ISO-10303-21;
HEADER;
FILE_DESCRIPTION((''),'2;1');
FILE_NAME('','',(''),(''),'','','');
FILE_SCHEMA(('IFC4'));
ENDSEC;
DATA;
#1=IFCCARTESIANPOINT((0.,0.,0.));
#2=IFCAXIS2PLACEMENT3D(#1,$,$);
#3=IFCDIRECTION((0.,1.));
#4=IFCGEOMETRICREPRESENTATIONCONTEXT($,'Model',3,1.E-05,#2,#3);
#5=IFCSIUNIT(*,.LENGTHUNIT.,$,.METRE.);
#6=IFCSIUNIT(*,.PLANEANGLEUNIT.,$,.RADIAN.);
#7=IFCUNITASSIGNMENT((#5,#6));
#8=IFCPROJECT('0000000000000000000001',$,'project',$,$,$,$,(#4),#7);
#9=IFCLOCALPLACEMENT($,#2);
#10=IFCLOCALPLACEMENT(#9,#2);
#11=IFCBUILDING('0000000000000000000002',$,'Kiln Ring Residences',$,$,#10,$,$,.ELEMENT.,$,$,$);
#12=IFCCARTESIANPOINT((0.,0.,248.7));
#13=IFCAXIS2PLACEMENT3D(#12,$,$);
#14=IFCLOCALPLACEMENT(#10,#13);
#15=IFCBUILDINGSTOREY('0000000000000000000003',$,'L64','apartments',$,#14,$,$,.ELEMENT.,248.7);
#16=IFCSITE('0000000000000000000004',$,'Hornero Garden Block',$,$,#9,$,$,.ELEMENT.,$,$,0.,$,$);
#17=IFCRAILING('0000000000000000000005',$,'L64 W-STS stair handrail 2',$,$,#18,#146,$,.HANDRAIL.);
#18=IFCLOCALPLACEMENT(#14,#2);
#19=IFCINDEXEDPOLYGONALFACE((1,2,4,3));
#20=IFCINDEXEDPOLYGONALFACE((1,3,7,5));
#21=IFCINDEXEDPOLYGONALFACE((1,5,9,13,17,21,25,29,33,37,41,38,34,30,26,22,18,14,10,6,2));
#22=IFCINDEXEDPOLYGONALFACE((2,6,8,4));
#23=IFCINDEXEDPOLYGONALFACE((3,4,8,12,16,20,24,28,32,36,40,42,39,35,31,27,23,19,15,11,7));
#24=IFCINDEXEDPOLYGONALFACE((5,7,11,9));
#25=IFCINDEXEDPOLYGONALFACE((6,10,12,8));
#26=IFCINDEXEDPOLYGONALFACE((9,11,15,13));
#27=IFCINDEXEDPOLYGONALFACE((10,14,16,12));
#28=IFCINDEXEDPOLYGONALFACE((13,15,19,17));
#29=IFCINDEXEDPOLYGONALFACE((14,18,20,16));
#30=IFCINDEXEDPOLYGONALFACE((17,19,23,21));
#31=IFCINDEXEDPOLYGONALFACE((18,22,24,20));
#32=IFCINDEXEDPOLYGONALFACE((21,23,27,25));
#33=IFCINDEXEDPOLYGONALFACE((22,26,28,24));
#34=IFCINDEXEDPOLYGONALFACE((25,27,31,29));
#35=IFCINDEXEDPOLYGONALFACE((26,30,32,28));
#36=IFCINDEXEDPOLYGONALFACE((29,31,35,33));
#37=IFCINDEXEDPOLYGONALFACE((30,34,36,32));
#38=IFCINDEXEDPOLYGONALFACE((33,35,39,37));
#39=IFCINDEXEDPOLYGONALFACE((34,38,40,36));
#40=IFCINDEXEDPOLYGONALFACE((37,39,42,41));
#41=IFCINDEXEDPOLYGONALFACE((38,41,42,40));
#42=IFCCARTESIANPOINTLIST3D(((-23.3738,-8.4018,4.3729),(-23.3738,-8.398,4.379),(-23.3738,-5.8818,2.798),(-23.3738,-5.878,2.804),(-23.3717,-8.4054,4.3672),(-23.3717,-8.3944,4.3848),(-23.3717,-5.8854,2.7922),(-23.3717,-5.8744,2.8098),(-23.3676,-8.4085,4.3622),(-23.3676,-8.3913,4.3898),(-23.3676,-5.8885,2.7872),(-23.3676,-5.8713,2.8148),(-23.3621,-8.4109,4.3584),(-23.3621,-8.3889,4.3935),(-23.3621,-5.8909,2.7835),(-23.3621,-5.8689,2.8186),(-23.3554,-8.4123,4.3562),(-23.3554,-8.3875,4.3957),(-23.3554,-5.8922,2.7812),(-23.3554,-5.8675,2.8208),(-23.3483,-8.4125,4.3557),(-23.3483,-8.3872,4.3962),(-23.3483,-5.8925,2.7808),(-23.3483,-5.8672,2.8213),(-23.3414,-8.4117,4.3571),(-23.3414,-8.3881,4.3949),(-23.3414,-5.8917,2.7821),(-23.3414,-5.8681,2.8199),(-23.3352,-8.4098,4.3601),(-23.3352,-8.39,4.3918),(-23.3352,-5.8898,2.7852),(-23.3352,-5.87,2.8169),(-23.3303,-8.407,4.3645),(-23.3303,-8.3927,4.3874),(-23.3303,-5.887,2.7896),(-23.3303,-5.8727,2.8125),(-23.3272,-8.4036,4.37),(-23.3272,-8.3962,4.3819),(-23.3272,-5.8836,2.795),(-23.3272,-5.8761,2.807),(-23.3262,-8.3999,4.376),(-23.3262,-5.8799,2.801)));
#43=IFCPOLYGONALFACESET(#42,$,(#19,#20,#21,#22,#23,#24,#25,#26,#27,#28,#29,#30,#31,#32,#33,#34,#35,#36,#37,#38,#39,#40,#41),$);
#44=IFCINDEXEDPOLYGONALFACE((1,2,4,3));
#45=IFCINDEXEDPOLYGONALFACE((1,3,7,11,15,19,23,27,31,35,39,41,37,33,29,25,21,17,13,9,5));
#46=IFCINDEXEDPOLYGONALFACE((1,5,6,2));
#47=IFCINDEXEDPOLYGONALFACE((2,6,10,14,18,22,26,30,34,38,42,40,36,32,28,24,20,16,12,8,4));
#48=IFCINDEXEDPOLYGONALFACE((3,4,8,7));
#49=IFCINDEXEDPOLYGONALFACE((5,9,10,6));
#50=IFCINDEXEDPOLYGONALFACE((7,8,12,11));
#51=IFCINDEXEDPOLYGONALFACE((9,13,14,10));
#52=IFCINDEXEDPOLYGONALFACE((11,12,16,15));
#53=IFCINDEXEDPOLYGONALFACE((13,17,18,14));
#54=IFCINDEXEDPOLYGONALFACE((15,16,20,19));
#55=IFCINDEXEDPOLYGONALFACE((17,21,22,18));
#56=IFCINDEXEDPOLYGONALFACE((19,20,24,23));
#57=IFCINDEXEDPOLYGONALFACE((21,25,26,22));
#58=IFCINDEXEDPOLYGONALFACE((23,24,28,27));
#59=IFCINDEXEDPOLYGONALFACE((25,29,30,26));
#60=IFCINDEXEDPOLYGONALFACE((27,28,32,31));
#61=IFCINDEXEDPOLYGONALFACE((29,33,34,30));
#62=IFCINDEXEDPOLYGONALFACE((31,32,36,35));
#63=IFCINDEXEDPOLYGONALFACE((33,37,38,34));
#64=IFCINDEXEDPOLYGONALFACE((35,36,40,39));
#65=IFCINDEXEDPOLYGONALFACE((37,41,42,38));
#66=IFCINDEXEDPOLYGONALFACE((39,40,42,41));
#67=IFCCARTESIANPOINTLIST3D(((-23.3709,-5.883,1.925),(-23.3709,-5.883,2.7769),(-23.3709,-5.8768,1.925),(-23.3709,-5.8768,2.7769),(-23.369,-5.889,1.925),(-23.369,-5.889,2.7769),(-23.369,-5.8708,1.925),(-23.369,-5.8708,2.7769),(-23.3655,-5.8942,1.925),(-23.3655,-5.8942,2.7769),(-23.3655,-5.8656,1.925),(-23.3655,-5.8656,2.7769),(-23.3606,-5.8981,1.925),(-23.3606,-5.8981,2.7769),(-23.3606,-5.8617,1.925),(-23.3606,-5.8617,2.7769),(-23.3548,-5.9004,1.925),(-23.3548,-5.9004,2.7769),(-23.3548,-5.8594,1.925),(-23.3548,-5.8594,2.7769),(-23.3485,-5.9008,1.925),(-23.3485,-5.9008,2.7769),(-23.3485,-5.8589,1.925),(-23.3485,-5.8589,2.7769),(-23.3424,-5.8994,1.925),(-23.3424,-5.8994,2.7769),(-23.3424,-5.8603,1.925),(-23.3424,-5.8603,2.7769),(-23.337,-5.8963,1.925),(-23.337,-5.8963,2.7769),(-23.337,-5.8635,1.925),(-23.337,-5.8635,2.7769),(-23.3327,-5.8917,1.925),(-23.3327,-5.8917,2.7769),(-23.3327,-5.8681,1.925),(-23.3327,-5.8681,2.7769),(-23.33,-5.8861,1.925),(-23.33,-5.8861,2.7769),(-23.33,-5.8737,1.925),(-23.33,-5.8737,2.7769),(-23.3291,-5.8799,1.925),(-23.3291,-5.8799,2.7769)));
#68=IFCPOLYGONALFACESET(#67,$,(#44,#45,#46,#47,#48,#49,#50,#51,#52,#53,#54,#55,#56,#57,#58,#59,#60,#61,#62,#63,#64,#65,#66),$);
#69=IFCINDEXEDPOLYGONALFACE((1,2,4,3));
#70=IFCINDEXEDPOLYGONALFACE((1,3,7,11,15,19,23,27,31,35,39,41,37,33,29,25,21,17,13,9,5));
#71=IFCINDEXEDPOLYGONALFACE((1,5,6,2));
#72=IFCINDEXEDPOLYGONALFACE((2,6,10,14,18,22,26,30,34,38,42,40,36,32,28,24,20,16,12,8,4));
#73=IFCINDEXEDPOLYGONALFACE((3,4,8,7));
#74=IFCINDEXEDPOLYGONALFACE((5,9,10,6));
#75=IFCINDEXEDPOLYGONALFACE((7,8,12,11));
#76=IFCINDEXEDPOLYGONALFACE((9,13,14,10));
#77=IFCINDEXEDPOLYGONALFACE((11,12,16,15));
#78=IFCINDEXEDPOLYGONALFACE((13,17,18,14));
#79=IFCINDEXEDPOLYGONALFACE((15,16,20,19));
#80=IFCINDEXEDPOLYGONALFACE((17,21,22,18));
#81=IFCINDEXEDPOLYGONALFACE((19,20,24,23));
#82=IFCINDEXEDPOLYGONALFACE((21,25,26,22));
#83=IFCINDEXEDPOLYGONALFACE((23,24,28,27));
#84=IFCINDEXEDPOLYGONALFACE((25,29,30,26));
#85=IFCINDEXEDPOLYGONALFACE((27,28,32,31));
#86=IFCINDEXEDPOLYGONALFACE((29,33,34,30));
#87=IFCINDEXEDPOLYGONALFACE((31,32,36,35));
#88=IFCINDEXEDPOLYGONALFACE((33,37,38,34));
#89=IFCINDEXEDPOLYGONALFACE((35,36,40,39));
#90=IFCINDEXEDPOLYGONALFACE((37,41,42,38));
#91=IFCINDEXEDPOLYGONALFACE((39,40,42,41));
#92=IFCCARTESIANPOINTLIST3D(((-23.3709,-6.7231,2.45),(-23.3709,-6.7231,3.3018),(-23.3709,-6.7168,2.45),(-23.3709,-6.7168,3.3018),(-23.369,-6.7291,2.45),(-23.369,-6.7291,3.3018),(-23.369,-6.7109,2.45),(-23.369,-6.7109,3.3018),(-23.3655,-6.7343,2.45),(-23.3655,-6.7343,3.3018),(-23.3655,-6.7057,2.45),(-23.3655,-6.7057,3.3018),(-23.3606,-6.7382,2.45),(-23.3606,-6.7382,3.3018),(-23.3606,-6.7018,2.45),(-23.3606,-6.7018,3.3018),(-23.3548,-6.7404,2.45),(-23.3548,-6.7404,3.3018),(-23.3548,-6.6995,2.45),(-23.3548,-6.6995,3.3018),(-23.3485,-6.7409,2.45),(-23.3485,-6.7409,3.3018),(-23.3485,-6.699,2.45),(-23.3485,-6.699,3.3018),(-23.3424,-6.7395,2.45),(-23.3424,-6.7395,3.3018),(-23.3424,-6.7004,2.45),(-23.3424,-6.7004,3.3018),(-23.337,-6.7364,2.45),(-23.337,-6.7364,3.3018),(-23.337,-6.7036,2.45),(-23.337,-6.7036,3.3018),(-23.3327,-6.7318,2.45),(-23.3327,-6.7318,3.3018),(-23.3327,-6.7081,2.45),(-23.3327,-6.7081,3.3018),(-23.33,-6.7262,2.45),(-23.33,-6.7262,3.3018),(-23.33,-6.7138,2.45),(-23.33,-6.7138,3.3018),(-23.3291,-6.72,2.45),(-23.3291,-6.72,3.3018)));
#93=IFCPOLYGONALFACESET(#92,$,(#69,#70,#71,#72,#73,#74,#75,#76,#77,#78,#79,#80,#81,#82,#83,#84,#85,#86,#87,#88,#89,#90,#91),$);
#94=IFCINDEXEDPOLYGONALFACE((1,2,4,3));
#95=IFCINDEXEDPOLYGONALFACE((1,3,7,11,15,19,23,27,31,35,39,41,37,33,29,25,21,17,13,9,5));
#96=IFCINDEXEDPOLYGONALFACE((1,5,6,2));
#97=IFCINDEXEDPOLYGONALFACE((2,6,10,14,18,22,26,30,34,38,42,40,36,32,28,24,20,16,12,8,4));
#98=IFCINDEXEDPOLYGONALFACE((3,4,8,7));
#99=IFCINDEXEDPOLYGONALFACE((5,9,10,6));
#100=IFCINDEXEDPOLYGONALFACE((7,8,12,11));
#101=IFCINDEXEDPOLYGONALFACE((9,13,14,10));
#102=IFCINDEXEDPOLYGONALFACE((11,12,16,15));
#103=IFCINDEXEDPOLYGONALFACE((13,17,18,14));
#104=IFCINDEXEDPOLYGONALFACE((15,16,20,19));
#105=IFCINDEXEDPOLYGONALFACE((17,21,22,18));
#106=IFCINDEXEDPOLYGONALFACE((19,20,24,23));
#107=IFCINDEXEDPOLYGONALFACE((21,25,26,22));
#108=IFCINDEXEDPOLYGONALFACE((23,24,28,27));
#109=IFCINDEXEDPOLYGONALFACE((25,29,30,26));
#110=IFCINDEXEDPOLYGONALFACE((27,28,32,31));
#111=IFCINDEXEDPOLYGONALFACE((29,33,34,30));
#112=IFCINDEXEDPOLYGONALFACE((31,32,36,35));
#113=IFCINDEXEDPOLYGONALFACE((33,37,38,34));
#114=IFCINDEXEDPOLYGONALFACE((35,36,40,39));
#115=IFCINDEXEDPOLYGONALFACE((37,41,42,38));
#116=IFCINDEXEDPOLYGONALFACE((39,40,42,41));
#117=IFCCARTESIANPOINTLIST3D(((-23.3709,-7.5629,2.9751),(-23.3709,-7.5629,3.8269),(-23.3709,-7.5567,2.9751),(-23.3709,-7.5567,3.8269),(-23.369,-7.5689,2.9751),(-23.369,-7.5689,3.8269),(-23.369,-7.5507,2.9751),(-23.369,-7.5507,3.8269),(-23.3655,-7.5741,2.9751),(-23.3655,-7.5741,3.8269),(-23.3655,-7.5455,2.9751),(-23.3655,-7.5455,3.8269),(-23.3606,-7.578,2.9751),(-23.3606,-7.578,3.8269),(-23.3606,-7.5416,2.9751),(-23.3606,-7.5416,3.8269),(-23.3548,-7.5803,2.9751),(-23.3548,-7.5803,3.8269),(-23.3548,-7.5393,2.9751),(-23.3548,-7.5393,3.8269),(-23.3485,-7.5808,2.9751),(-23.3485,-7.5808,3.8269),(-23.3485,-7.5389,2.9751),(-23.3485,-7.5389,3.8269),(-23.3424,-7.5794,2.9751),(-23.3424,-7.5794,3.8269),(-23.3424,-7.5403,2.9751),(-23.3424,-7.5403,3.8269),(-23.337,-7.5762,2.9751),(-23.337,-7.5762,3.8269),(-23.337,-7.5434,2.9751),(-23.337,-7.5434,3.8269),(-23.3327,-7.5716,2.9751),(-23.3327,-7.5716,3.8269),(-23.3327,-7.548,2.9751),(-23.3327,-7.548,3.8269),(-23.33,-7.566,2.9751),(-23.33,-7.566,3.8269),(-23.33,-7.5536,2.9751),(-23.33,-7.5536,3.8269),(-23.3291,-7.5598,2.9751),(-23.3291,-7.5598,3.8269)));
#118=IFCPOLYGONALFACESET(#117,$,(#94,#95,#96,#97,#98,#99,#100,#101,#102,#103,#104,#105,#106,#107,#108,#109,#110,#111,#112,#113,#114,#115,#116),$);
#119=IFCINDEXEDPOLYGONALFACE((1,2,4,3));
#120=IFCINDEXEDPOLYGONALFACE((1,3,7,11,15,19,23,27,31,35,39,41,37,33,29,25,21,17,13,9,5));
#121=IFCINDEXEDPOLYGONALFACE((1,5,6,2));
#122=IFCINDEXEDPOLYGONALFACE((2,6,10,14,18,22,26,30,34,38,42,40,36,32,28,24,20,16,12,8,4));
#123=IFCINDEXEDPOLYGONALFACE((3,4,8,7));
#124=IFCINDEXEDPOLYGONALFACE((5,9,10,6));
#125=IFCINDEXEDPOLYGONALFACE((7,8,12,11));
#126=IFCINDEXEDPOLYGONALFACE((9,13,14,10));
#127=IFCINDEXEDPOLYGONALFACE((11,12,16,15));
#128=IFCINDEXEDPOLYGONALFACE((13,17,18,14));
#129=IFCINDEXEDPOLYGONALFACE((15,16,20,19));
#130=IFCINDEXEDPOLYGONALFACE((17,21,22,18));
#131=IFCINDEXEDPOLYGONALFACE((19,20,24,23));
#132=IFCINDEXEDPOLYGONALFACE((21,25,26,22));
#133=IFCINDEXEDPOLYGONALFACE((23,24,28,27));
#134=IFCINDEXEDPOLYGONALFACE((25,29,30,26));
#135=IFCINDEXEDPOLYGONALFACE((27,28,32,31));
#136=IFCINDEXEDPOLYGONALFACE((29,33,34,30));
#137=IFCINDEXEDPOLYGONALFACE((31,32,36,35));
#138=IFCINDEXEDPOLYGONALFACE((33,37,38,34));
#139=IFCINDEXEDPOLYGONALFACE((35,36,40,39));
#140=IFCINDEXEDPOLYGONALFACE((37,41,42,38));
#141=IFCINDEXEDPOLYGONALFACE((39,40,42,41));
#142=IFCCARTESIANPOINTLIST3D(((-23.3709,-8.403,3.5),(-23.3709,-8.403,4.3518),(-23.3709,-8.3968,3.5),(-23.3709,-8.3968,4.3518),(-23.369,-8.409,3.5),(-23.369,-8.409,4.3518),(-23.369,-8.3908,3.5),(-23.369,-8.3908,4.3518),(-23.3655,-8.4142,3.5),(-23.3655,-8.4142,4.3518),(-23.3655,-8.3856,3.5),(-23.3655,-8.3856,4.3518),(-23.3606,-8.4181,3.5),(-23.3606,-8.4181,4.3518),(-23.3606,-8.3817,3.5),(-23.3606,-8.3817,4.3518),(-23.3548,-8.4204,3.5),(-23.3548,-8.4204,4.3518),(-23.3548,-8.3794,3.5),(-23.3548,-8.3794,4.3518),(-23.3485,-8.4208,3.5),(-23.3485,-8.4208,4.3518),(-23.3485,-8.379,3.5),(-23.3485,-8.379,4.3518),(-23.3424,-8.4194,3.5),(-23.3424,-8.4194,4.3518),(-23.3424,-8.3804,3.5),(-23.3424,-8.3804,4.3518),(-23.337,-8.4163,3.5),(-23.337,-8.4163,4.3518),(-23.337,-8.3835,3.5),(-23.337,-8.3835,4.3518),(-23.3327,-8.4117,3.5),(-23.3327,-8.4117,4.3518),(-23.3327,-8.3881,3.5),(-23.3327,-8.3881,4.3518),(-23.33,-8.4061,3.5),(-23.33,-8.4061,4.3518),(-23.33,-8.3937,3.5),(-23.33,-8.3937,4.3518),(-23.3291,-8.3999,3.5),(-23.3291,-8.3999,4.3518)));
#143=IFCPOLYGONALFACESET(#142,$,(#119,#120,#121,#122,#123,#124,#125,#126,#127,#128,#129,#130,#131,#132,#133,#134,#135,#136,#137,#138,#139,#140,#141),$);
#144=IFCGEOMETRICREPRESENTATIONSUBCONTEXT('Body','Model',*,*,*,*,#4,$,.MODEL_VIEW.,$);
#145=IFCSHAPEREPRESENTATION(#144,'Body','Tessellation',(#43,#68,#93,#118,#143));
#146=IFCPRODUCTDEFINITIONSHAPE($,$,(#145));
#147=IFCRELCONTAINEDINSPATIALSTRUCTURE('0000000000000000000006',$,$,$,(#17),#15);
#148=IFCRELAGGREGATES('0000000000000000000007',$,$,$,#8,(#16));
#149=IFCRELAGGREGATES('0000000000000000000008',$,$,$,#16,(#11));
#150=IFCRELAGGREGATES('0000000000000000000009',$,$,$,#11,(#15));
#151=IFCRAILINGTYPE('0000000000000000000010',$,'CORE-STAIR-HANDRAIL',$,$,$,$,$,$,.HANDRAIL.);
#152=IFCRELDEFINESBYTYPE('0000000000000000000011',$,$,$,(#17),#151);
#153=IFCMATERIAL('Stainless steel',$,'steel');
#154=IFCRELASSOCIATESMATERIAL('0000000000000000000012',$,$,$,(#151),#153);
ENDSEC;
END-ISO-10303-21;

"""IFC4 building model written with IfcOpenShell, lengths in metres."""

from ifc_helpers import new_model, si_unit, direction, frame, origin, origin_2d, place, context, subcontext, project, spatial, circle, extrude, material, type_object, element, save


model = new_model("IFC4")

# Units and contexts
model_context = context("Model", 3, precision=1e-05, world=origin(), true_north=direction((0.0, 1.0)))
body_context = subcontext(model_context, "Body", "Model", "MODEL_VIEW")
ifc_project = project(units=[si_unit("LENGTHUNIT", "METRE"), si_unit("PLANEANGLEUNIT", "RADIAN")], contexts=[model_context])

# Site, building, storey
site_placement = place(None, origin())
site = spatial("IfcSite", under=ifc_project, at=site_placement, Name="Hornero Garden Block", CompositionType="ELEMENT", RefElevation=0.0)
building_placement = place(site_placement, origin())
building = spatial("IfcBuilding", under=site, at=building_placement, Name="Kiln Ring Residences", CompositionType="ELEMENT")
storey_placement = place(building_placement, frame((0.0, 0.0, 248.7)))
storey = spatial("IfcBuildingStorey", under=building, at=storey_placement, Name="L64", Description="apartments", CompositionType="ELEMENT", Elevation=248.7)

# Railing
ifc_material_1 = material(Name="Stainless steel", Category="steel")
railing_type_1 = type_object("IfcRailingType", Name="CORE-STAIR-HANDRAIL", PredefinedType="HANDRAIL", material=ifc_material_1)
railing_1_placement = place(storey_placement, frame((-23.3501, -5.8799, 1.925)))
element("IfcRailing", 1, at=railing_1_placement, inside=storey, type_object=railing_type_1, Name="L64 W-STS stair handrail 2", PredefinedType="HANDRAIL", context=body_context, shape_type="SweptSolid", body=[
    extrude(circle(Radius=0.0239, at=origin_2d()), frame((0.0, 0.0, 0.876), z_axis=(0.0, -0.848008, 0.529984), x_axis=(1.0, 0.0, 0.0)), (0.0, 0.0, 1.0), 2.9717),
    extrude(circle(Radius=0.021, at=origin_2d()), origin(), (0.0, 0.0, 1.0), 0.8518),
    extrude(circle(Radius=0.021, at=origin_2d()), frame((0.0, -0.8401, 0.5249)), (0.0, 0.0, 1.0), 0.8518),
    extrude(circle(Radius=0.021, at=origin_2d()), frame((0.0, -1.6799, 1.05)), (0.0, 0.0, 1.0), 0.8518),
    extrude(circle(Radius=0.021, at=origin_2d()), frame((0.0, -2.52, 1.575)), (0.0, 0.0, 1.0), 0.8518),
])

save(model, "model.ifc")
